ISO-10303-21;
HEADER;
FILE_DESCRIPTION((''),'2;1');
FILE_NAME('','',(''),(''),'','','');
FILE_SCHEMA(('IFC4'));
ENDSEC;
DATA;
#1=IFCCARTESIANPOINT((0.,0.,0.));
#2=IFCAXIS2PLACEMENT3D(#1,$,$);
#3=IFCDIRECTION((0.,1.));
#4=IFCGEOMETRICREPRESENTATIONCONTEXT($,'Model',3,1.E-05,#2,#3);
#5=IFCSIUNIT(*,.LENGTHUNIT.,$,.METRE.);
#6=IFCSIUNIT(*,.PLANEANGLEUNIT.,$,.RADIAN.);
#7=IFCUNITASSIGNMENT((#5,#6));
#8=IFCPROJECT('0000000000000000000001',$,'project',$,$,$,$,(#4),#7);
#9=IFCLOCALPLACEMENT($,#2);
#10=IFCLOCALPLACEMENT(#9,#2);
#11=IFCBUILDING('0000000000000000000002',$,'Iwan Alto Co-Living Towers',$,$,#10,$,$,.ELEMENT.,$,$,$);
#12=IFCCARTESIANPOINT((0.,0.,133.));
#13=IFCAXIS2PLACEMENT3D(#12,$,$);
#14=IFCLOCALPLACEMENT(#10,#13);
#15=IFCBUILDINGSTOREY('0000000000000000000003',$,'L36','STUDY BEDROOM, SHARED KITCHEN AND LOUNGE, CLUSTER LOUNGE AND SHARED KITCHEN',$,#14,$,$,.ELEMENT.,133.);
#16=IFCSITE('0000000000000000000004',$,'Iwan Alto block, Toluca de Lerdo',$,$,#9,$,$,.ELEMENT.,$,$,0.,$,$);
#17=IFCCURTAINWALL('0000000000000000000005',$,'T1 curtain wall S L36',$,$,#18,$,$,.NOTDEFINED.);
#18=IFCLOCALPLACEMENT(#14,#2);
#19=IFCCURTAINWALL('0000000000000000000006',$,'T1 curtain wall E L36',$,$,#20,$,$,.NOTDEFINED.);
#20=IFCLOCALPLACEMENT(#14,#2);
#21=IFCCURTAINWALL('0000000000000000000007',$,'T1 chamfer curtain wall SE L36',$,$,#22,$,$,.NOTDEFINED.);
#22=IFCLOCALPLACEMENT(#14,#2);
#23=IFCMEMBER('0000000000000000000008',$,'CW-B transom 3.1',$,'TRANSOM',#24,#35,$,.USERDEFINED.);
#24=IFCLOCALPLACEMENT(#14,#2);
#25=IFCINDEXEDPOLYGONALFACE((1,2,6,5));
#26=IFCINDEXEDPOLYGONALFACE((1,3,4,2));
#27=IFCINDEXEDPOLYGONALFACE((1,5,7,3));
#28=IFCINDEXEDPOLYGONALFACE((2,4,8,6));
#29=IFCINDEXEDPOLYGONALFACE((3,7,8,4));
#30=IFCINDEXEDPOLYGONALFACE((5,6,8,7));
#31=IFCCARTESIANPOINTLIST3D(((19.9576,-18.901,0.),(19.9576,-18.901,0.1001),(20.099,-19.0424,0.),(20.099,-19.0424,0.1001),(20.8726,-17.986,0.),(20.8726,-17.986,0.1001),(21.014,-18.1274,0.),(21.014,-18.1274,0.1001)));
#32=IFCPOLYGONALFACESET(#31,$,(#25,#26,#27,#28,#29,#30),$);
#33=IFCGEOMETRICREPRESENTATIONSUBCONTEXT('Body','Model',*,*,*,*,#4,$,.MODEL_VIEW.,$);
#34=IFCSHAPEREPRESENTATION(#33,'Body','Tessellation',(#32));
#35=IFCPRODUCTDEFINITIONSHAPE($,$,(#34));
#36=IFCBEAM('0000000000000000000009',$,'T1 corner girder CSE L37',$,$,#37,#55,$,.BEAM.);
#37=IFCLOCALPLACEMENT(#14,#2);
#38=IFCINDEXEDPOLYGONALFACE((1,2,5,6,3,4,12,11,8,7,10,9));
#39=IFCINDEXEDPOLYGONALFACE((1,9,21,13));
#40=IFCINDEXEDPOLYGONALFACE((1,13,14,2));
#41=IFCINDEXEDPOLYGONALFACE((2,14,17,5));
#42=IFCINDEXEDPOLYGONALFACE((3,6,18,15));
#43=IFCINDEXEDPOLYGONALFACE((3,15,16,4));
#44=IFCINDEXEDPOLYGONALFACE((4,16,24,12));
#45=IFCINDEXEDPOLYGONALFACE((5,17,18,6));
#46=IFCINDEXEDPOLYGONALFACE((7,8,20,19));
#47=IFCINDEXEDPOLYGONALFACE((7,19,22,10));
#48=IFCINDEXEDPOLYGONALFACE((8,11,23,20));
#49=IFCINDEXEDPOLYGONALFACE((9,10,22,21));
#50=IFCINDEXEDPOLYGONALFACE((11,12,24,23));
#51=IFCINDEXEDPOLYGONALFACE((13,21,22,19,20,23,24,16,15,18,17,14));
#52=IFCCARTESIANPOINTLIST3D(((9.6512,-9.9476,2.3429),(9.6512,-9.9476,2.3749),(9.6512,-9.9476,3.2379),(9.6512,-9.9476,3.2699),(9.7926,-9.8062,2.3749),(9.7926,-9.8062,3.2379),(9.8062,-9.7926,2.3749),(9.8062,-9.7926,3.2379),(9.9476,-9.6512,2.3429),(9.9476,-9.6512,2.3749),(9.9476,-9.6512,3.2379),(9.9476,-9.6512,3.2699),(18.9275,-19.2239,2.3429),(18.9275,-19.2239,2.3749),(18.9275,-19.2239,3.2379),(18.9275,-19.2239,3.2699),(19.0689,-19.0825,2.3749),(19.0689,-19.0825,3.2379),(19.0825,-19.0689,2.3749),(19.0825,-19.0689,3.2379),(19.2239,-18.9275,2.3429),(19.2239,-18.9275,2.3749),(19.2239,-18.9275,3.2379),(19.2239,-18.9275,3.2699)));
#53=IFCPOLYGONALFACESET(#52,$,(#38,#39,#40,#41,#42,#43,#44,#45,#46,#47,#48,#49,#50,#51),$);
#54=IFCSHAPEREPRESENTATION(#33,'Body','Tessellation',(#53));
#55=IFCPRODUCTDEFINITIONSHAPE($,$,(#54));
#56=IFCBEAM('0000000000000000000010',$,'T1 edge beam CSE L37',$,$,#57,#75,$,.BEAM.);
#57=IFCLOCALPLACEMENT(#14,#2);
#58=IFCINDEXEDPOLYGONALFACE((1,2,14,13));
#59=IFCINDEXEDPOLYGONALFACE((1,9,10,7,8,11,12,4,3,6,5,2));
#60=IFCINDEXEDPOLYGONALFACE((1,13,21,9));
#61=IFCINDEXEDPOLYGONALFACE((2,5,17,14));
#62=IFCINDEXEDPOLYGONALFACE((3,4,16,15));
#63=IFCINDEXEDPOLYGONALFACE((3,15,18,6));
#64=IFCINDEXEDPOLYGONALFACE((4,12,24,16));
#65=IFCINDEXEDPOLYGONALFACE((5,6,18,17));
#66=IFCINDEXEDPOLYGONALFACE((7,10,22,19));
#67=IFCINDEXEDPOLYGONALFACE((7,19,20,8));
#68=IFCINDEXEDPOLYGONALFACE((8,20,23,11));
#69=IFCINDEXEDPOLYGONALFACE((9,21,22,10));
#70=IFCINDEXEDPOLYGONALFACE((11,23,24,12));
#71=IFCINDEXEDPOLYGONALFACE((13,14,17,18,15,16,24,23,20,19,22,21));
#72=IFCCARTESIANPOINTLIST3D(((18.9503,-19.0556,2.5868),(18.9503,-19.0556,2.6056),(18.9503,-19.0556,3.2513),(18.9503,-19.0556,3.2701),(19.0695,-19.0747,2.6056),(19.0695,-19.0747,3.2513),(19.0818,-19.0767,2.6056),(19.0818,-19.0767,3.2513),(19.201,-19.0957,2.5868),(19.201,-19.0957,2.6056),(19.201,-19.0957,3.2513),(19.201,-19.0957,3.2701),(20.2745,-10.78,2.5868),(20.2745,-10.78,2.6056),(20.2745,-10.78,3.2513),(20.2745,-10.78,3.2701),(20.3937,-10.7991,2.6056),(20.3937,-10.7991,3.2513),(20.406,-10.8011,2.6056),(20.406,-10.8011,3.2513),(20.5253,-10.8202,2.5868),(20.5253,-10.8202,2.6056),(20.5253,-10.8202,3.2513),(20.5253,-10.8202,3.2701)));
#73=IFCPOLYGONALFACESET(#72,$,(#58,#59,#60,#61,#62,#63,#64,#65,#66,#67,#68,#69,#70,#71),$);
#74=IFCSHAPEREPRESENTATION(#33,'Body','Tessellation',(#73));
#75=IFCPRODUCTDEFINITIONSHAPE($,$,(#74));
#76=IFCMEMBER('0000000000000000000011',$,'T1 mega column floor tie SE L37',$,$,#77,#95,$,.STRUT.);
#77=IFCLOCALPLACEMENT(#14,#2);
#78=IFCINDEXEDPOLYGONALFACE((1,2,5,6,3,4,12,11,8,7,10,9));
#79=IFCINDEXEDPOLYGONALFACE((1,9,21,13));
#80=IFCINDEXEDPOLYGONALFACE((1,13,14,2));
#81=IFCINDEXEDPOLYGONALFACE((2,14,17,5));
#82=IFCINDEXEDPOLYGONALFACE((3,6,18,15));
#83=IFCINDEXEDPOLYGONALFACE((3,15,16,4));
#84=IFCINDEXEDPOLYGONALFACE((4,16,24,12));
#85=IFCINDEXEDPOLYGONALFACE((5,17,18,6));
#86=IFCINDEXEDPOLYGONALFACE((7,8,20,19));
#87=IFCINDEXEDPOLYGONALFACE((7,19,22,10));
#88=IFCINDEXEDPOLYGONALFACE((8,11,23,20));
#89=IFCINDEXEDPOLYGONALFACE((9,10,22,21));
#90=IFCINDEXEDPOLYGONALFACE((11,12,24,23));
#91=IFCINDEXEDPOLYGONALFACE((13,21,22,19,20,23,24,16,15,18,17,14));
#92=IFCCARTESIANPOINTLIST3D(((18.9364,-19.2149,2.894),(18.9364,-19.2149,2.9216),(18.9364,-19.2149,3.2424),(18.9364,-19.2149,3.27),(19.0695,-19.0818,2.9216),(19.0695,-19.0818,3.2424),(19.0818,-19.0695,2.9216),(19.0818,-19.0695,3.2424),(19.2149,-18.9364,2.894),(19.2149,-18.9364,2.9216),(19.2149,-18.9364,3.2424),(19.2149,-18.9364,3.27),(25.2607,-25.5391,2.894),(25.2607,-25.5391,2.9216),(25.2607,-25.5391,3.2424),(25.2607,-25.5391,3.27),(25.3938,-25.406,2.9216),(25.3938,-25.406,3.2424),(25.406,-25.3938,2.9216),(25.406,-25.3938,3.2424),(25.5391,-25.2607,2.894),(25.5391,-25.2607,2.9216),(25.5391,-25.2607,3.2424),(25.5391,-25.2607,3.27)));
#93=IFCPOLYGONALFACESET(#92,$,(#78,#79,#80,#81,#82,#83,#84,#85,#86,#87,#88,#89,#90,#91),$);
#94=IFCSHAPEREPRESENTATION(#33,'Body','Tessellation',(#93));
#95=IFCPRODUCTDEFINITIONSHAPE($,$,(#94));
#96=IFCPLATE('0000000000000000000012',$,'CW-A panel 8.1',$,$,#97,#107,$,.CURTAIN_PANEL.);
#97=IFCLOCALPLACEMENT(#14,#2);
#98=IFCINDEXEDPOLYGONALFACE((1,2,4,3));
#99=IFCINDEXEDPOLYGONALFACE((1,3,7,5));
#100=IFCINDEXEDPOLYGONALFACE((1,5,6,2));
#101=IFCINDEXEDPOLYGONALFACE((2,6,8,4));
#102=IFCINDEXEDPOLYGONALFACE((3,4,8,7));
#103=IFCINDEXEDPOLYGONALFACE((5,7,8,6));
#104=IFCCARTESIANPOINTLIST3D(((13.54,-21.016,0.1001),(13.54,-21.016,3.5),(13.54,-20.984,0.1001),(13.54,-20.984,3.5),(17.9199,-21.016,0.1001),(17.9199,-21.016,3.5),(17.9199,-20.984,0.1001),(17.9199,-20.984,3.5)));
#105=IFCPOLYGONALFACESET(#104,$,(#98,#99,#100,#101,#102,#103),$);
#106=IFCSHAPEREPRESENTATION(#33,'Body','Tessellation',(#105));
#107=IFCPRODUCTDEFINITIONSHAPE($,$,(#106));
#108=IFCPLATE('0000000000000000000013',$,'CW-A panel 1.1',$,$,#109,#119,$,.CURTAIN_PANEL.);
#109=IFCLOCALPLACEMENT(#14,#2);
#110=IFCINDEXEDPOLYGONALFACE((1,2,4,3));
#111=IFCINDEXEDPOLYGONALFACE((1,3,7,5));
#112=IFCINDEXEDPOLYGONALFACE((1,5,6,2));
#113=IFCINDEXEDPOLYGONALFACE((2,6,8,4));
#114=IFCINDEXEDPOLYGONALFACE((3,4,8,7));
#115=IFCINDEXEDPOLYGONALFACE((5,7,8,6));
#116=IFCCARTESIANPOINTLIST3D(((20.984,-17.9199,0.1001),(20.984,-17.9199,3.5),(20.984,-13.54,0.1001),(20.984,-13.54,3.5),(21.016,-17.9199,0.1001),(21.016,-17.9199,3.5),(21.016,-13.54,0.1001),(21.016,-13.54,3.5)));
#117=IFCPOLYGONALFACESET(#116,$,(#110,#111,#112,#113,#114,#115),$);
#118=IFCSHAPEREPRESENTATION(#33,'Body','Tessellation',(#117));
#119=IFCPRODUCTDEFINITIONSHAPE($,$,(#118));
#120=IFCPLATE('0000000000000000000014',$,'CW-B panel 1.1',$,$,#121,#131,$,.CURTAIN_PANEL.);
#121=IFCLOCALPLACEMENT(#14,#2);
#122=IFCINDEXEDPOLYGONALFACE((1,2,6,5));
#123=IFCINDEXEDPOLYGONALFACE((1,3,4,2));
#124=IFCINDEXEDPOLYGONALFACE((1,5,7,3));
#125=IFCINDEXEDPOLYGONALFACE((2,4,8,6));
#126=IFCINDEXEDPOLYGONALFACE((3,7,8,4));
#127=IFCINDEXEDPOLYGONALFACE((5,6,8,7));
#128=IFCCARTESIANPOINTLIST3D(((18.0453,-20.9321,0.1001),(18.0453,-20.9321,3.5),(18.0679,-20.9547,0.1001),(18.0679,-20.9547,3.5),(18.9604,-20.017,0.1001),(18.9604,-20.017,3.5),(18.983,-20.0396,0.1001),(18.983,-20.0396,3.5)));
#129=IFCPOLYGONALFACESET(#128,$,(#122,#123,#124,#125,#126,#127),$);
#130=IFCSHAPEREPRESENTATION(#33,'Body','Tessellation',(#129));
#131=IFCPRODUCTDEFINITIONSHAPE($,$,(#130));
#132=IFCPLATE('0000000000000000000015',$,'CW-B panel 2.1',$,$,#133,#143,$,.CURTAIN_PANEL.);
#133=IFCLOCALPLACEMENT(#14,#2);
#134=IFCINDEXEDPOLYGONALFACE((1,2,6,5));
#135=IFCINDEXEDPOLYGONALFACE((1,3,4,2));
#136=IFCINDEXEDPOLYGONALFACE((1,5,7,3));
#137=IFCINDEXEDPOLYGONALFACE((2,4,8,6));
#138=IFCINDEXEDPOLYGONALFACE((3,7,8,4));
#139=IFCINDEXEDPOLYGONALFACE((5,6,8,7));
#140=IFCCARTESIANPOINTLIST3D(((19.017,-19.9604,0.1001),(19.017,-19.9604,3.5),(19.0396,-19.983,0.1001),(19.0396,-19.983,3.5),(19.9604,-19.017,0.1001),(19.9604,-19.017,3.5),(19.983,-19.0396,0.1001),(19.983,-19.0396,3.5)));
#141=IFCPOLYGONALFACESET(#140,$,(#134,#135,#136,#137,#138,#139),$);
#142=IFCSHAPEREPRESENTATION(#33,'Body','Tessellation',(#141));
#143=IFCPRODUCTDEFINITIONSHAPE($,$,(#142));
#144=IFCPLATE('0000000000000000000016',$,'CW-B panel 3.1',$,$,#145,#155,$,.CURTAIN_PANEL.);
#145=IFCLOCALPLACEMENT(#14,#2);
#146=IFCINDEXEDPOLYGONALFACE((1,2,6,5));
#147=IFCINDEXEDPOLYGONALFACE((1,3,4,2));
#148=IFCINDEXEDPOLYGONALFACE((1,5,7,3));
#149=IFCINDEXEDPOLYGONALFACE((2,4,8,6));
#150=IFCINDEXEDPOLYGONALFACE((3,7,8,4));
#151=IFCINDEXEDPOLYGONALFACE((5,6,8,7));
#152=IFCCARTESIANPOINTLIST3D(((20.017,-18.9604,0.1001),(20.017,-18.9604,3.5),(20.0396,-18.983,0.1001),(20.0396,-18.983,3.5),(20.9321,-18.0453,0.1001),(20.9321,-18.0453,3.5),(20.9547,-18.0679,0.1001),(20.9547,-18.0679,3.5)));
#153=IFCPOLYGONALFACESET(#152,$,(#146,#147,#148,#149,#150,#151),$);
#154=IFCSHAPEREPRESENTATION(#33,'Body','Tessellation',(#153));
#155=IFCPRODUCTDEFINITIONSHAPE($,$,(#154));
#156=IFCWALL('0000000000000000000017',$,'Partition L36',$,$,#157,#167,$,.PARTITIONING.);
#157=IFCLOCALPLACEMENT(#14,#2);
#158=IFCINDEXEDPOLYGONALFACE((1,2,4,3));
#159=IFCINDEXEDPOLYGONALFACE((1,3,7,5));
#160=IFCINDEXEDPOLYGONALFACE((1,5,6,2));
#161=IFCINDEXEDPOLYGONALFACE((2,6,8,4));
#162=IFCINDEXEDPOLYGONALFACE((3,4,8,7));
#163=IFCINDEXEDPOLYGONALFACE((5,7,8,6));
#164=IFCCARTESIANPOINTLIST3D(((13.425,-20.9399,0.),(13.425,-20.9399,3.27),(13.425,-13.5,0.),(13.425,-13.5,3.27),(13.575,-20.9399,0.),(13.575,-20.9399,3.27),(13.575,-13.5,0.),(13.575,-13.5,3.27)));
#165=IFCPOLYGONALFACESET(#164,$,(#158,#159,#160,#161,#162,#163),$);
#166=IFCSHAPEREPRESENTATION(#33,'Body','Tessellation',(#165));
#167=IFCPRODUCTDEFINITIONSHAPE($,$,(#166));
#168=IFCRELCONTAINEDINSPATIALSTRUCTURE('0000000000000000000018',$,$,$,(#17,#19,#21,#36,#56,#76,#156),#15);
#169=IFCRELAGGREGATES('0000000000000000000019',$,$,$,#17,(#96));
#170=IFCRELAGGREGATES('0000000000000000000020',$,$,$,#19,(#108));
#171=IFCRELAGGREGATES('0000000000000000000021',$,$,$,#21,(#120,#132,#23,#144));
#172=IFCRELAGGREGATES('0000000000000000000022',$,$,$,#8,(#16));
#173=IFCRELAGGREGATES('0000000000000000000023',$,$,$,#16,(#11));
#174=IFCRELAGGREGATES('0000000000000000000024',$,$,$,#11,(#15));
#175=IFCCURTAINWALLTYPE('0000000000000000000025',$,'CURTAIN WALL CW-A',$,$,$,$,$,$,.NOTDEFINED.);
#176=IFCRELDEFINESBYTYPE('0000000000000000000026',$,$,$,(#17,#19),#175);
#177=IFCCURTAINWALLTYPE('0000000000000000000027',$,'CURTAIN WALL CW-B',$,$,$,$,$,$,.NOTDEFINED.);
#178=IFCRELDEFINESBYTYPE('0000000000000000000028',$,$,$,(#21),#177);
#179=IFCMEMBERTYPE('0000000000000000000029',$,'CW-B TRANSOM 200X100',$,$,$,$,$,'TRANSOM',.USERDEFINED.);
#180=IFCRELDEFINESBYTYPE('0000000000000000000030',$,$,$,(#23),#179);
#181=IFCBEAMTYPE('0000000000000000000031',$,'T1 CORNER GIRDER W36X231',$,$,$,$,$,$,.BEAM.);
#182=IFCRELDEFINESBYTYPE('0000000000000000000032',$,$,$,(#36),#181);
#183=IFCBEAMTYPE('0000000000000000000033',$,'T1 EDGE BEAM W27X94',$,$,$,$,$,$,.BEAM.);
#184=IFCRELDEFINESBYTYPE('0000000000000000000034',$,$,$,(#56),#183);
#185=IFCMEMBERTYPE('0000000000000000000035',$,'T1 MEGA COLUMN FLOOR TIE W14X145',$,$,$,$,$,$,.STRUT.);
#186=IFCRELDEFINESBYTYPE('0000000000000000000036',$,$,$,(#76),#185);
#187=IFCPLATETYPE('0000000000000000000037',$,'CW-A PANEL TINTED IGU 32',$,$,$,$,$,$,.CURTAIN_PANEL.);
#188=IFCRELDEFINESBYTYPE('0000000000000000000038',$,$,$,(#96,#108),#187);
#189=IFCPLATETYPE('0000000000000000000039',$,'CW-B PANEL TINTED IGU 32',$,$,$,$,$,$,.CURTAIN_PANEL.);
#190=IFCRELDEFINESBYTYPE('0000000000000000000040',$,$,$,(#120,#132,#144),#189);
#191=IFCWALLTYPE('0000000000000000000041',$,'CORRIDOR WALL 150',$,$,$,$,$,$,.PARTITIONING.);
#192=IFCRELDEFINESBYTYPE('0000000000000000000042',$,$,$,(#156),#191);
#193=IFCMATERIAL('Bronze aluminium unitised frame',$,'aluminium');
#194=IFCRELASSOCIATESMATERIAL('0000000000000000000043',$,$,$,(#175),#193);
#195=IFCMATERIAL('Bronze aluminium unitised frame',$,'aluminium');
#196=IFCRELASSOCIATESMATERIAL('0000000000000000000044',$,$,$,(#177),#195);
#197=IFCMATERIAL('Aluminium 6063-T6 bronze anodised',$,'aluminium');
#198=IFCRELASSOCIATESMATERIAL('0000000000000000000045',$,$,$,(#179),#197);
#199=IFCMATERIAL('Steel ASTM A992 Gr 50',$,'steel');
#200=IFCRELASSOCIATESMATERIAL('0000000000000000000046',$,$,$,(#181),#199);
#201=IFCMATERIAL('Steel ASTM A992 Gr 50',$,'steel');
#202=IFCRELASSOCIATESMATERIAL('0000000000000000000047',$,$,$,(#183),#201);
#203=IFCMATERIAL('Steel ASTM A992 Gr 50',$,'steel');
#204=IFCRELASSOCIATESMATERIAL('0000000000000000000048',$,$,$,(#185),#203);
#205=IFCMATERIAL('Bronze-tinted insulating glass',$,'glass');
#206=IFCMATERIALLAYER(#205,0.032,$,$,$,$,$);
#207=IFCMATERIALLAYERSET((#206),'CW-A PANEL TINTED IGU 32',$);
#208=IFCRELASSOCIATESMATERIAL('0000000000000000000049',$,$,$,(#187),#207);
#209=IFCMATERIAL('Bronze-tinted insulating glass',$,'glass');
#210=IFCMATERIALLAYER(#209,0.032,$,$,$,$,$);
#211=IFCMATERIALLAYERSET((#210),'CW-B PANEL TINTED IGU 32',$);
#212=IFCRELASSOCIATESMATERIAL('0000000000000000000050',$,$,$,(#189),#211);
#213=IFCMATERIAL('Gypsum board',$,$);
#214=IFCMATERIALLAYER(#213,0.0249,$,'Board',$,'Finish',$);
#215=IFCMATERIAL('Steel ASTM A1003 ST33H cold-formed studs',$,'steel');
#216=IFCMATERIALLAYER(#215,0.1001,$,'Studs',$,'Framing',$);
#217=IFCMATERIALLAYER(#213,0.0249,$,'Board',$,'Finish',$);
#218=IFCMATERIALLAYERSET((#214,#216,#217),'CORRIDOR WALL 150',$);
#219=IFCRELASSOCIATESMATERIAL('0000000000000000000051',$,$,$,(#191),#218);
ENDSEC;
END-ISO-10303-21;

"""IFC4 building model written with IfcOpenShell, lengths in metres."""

from ifc_helpers import new_model, si_unit, direction, frame, frame_2d, origin, origin_2d, place, context, subcontext, project, spatial, rectangle, i_section, extrude, material, layer, layer_set, material_profile, profile_set, type_object, element, aggregate, save


model = new_model("IFC4")

# Units and contexts
model_context = context("Model", 3, precision=1e-05, world=origin(), true_north=direction((0.0, 1.0)))
body_context = subcontext(model_context, "Body", "Model", "MODEL_VIEW")
ifc_project = project(units=[si_unit("LENGTHUNIT", "METRE"), si_unit("PLANEANGLEUNIT", "RADIAN")], contexts=[model_context])

# Site, building, storey
site_placement = place(None, origin())
site = spatial("IfcSite", under=ifc_project, at=site_placement, Name="Iwan Alto block, Toluca de Lerdo", CompositionType="ELEMENT", RefElevation=0.0)
building_placement = place(site_placement, origin())
building = spatial("IfcBuilding", under=site, at=building_placement, Name="Iwan Alto Co-Living Towers", CompositionType="ELEMENT")
storey_placement = place(building_placement, frame((0.0, 0.0, 133.0)))
storey = spatial("IfcBuildingStorey", under=building, at=storey_placement, Name="L36", Description="STUDY BEDROOM, SHARED KITCHEN AND LOUNGE, CLUSTER LOUNGE AND SHARED KITCHEN", CompositionType="ELEMENT", Elevation=133.0)

# Curtain walls
ifc_material_1 = material(Name="Bronze aluminium unitised frame", Category="aluminium")
curtain_wall_type_1 = type_object("IfcCurtainWallType", Name="CURTAIN WALL CW-A", PredefinedType="NOTDEFINED", material=ifc_material_1)
curtain_wall_1_placement = place(storey_placement, origin())
curtain_wall_1 = element("IfcCurtainWall", 1, at=curtain_wall_1_placement, inside=storey, type_object=curtain_wall_type_1, Name="T1 curtain wall S L36", PredefinedType="NOTDEFINED")
curtain_wall_2_placement = place(storey_placement, origin())
curtain_wall_2 = element("IfcCurtainWall", 2, at=curtain_wall_2_placement, inside=storey, type_object=curtain_wall_type_1, Name="T1 curtain wall E L36", PredefinedType="NOTDEFINED")

# Curtain wall, member
ifc_material_2 = material(Name="Bronze aluminium unitised frame", Category="aluminium")
curtain_wall_type_2 = type_object("IfcCurtainWallType", Name="CURTAIN WALL CW-B", PredefinedType="NOTDEFINED", material=ifc_material_2)
curtain_wall_3_placement = place(storey_placement, origin())
curtain_wall_3 = element("IfcCurtainWall", 3, at=curtain_wall_3_placement, inside=storey, type_object=curtain_wall_type_2, Name="T1 chamfer curtain wall SE L36", PredefinedType="NOTDEFINED")
ifc_material_3 = material(Name="Aluminium 6063-T6 bronze anodised", Category="aluminium")
ifc_material_profile_1 = material_profile(ifc_material_3, rectangle(XDim=0.2, YDim=0.1001, at=origin_2d()), Name="AL 200X100")
ifc_profile_set_1 = profile_set([ifc_material_profile_1], Name="Aluminium 6063-T6 bronze anodised")
member_type_1 = type_object("IfcMemberType", Name="CW-B TRANSOM 200X100", ElementType="TRANSOM", PredefinedType="USERDEFINED", material=ifc_profile_set_1)
member_1_placement = place(storey_placement, frame((20.0283, -18.9717, 0.05), z_axis=(0.707107, 0.707107, 0.0), x_axis=(-0.707107, 0.707107, 0.0)))
member_1 = element("IfcMember", 4, at=member_1_placement, type_object=member_type_1, Name="CW-B transom 3.1", ObjectType="TRANSOM", PredefinedType="USERDEFINED", context=body_context, shape_type="SweptSolid", body=[
    extrude(rectangle(XDim=0.2, YDim=0.1001, at=origin_2d()), origin(), (0.0, 0.0, 1.0), 1.2939),
])

# Beams
ifc_material_4 = material(Name="Steel ASTM A992 Gr 50", Category="steel")
ifc_material_profile_2 = material_profile(ifc_material_4, i_section(OverallWidth=0.4192, OverallDepth=0.927, WebThickness=0.0193, FlangeThickness=0.032, at=origin_2d()), Name="W36X231")
ifc_profile_set_2 = profile_set([ifc_material_profile_2], Name="Steel ASTM A992 Gr 50")
beam_type_1 = type_object("IfcBeamType", Name="T1 CORNER GIRDER W36X231", PredefinedType="BEAM", material=ifc_profile_set_2)
beam_1_placement = place(storey_placement, frame((19.0757, -19.0757, 2.8064), z_axis=(-0.707107, 0.707107, 0.0), x_axis=(-0.707107, -0.707107, 0.0)))
element("IfcBeam", 5, at=beam_1_placement, inside=storey, type_object=beam_type_1, Name="T1 corner girder CSE L37", PredefinedType="BEAM", context=body_context, shape_type="SweptSolid", body=[
    extrude(i_section(OverallWidth=0.4192, OverallDepth=0.927, WebThickness=0.0193, FlangeThickness=0.032, at=origin_2d()), origin(), (0.0, 0.0, 1.0), 13.1187),
])
ifc_material_5 = material(Name="Steel ASTM A992 Gr 50", Category="steel")
ifc_material_profile_3 = material_profile(ifc_material_5, i_section(OverallWidth=0.2539, OverallDepth=0.6833, WebThickness=0.0125, FlangeThickness=0.0188, at=origin_2d()), Name="W27X94")
ifc_profile_set_3 = profile_set([ifc_material_profile_3], Name="Steel ASTM A992 Gr 50")
beam_type_2 = type_object("IfcBeamType", Name="T1 EDGE BEAM W27X94", PredefinedType="BEAM", material=ifc_profile_set_3)
beam_2_placement = place(storey_placement, frame((19.0757, -19.0757, 2.9285), z_axis=(0.158004, 0.987438, 0.0), x_axis=(-0.987438, 0.158004, 0.0)))
element("IfcBeam", 6, at=beam_2_placement, inside=storey, type_object=beam_type_2, Name="T1 edge beam CSE L37", PredefinedType="BEAM", context=body_context, shape_type="SweptSolid", body=[
    extrude(i_section(OverallWidth=0.2539, OverallDepth=0.6833, WebThickness=0.0125, FlangeThickness=0.0188, at=origin_2d()), origin(), (0.0, 0.0, 1.0), 8.3809),
])

# Member
ifc_material_6 = material(Name="Steel ASTM A992 Gr 50", Category="steel")
ifc_material_profile_4 = material_profile(ifc_material_6, i_section(OverallWidth=0.3938, OverallDepth=0.376, WebThickness=0.0173, FlangeThickness=0.0276, at=origin_2d()), Name="W14X145")
ifc_profile_set_4 = profile_set([ifc_material_profile_4], Name="Steel ASTM A992 Gr 50")
member_type_2 = type_object("IfcMemberType", Name="T1 MEGA COLUMN FLOOR TIE W14X145", PredefinedType="STRUT", material=ifc_profile_set_4)
member_2_placement = place(storey_placement, frame((25.3999, -25.3999, 3.082), z_axis=(-0.707107, 0.707107, 0.0), x_axis=(-0.707107, -0.707107, 0.0)))
element("IfcMember", 7, at=member_2_placement, inside=storey, type_object=member_type_2, Name="T1 mega column floor tie SE L37", PredefinedType="STRUT", context=body_context, shape_type="SweptSolid", body=[
    extrude(i_section(OverallWidth=0.3938, OverallDepth=0.376, WebThickness=0.0173, FlangeThickness=0.0276, at=origin_2d()), origin(), (0.0, 0.0, 1.0), 8.9438),
])

# Plates
ifc_material_7 = material(Name="Bronze-tinted insulating glass", Category="glass")
ifc_layer_1 = layer(ifc_material_7, 0.032)
ifc_layer_set_1 = layer_set([ifc_layer_1], Name="CW-A PANEL TINTED IGU 32")
plate_type_1 = type_object("IfcPlateType", Name="CW-A PANEL TINTED IGU 32", PredefinedType="CURTAIN_PANEL", material=ifc_layer_set_1)
plate_1_placement = place(storey_placement, frame((15.73, -21.0, 0.1001), z_axis=(0.0, 0.0, 1.0), x_axis=(1.0, 0.0, 0.0)))
plate_1 = element("IfcPlate", 8, at=plate_1_placement, type_object=plate_type_1, Name="CW-A panel 8.1", PredefinedType="CURTAIN_PANEL", context=body_context, shape_type="SweptSolid", body=[
    extrude(rectangle(XDim=4.3799, YDim=0.032, at=origin_2d()), origin(), (0.0, 0.0, 1.0), 3.3999),
])
aggregate(curtain_wall_1, [plate_1])
plate_2_placement = place(storey_placement, frame((21.0, -15.73, 0.1001), z_axis=(0.0, 0.0, 1.0), x_axis=(0.0, 1.0, 0.0)))
plate_2 = element("IfcPlate", 9, at=plate_2_placement, type_object=plate_type_1, Name="CW-A panel 1.1", PredefinedType="CURTAIN_PANEL", context=body_context, shape_type="SweptSolid", body=[
    extrude(rectangle(XDim=4.3799, YDim=0.032, at=origin_2d()), origin(), (0.0, 0.0, 1.0), 3.3999),
])
aggregate(curtain_wall_2, [plate_2])
ifc_material_8 = material(Name="Bronze-tinted insulating glass", Category="glass")
ifc_layer_2 = layer(ifc_material_8, 0.032)
ifc_layer_set_2 = layer_set([ifc_layer_2], Name="CW-B PANEL TINTED IGU 32")
plate_type_2 = type_object("IfcPlateType", Name="CW-B PANEL TINTED IGU 32", PredefinedType="CURTAIN_PANEL", material=ifc_layer_set_2)
plate_3_placement = place(storey_placement, frame((18.5142, -20.4858, 0.1001), z_axis=(0.0, 0.0, 1.0), x_axis=(0.707107, 0.707107, 0.0)))
plate_3 = element("IfcPlate", 10, at=plate_3_placement, type_object=plate_type_2, Name="CW-B panel 1.1", PredefinedType="CURTAIN_PANEL", context=body_context, shape_type="SweptSolid", body=[
    extrude(rectangle(XDim=1.2942, YDim=0.032, at=origin_2d()), origin(), (0.0, 0.0, 1.0), 3.3999),
])
plate_4_placement = place(storey_placement, frame((19.5, -19.5, 0.1001), z_axis=(0.0, 0.0, 1.0), x_axis=(0.707107, 0.707107, 0.0)))
plate_4 = element("IfcPlate", 11, at=plate_4_placement, type_object=plate_type_2, Name="CW-B panel 2.1", PredefinedType="CURTAIN_PANEL", context=body_context, shape_type="SweptSolid", body=[
    extrude(rectangle(XDim=1.3342, YDim=0.032, at=origin_2d()), origin(), (0.0, 0.0, 1.0), 3.3999),
])
plate_5_placement = place(storey_placement, frame((20.4858, -18.5142, 0.1001), z_axis=(0.0, 0.0, 1.0), x_axis=(0.707107, 0.707107, 0.0)))
plate_5 = element("IfcPlate", 12, at=plate_5_placement, type_object=plate_type_2, Name="CW-B panel 3.1", PredefinedType="CURTAIN_PANEL", context=body_context, shape_type="SweptSolid", body=[
    extrude(rectangle(XDim=1.2942, YDim=0.032, at=origin_2d()), origin(), (0.0, 0.0, 1.0), 3.3999),
])
aggregate(curtain_wall_3, [plate_3, plate_4, member_1, plate_5])

# Wall
ifc_material_9 = material(Name="Gypsum board")
ifc_layer_3 = layer(ifc_material_9, 0.0249, Name="Board", Category="Finish")
ifc_material_10 = material(Name="Steel ASTM A1003 ST33H cold-formed studs", Category="steel")
ifc_layer_4 = layer(ifc_material_10, 0.1001, Name="Studs", Category="Framing")
ifc_layer_5 = layer(ifc_material_9, 0.0249, Name="Board", Category="Finish")
ifc_layer_set_3 = layer_set([ifc_layer_3, ifc_layer_4, ifc_layer_5], Name="CORRIDOR WALL 150")
wall_type = type_object("IfcWallType", Name="CORRIDOR WALL 150", PredefinedType="PARTITIONING", material=ifc_layer_set_3)
wall_placement = place(storey_placement, frame((13.5, -20.9399, 0.0), z_axis=(0.0, 0.0, 1.0), x_axis=(0.0, 1.0, 0.0)))
element("IfcWall", 13, at=wall_placement, inside=storey, type_object=wall_type, Name="Partition L36", PredefinedType="PARTITIONING", context=body_context, shape_type="SweptSolid", body=[
    extrude(rectangle(XDim=7.4399, YDim=0.1499, at=frame_2d((3.72, 0.0))), origin(), (0.0, 0.0, 1.0), 3.27),
])

save(model, "model.ifc")
